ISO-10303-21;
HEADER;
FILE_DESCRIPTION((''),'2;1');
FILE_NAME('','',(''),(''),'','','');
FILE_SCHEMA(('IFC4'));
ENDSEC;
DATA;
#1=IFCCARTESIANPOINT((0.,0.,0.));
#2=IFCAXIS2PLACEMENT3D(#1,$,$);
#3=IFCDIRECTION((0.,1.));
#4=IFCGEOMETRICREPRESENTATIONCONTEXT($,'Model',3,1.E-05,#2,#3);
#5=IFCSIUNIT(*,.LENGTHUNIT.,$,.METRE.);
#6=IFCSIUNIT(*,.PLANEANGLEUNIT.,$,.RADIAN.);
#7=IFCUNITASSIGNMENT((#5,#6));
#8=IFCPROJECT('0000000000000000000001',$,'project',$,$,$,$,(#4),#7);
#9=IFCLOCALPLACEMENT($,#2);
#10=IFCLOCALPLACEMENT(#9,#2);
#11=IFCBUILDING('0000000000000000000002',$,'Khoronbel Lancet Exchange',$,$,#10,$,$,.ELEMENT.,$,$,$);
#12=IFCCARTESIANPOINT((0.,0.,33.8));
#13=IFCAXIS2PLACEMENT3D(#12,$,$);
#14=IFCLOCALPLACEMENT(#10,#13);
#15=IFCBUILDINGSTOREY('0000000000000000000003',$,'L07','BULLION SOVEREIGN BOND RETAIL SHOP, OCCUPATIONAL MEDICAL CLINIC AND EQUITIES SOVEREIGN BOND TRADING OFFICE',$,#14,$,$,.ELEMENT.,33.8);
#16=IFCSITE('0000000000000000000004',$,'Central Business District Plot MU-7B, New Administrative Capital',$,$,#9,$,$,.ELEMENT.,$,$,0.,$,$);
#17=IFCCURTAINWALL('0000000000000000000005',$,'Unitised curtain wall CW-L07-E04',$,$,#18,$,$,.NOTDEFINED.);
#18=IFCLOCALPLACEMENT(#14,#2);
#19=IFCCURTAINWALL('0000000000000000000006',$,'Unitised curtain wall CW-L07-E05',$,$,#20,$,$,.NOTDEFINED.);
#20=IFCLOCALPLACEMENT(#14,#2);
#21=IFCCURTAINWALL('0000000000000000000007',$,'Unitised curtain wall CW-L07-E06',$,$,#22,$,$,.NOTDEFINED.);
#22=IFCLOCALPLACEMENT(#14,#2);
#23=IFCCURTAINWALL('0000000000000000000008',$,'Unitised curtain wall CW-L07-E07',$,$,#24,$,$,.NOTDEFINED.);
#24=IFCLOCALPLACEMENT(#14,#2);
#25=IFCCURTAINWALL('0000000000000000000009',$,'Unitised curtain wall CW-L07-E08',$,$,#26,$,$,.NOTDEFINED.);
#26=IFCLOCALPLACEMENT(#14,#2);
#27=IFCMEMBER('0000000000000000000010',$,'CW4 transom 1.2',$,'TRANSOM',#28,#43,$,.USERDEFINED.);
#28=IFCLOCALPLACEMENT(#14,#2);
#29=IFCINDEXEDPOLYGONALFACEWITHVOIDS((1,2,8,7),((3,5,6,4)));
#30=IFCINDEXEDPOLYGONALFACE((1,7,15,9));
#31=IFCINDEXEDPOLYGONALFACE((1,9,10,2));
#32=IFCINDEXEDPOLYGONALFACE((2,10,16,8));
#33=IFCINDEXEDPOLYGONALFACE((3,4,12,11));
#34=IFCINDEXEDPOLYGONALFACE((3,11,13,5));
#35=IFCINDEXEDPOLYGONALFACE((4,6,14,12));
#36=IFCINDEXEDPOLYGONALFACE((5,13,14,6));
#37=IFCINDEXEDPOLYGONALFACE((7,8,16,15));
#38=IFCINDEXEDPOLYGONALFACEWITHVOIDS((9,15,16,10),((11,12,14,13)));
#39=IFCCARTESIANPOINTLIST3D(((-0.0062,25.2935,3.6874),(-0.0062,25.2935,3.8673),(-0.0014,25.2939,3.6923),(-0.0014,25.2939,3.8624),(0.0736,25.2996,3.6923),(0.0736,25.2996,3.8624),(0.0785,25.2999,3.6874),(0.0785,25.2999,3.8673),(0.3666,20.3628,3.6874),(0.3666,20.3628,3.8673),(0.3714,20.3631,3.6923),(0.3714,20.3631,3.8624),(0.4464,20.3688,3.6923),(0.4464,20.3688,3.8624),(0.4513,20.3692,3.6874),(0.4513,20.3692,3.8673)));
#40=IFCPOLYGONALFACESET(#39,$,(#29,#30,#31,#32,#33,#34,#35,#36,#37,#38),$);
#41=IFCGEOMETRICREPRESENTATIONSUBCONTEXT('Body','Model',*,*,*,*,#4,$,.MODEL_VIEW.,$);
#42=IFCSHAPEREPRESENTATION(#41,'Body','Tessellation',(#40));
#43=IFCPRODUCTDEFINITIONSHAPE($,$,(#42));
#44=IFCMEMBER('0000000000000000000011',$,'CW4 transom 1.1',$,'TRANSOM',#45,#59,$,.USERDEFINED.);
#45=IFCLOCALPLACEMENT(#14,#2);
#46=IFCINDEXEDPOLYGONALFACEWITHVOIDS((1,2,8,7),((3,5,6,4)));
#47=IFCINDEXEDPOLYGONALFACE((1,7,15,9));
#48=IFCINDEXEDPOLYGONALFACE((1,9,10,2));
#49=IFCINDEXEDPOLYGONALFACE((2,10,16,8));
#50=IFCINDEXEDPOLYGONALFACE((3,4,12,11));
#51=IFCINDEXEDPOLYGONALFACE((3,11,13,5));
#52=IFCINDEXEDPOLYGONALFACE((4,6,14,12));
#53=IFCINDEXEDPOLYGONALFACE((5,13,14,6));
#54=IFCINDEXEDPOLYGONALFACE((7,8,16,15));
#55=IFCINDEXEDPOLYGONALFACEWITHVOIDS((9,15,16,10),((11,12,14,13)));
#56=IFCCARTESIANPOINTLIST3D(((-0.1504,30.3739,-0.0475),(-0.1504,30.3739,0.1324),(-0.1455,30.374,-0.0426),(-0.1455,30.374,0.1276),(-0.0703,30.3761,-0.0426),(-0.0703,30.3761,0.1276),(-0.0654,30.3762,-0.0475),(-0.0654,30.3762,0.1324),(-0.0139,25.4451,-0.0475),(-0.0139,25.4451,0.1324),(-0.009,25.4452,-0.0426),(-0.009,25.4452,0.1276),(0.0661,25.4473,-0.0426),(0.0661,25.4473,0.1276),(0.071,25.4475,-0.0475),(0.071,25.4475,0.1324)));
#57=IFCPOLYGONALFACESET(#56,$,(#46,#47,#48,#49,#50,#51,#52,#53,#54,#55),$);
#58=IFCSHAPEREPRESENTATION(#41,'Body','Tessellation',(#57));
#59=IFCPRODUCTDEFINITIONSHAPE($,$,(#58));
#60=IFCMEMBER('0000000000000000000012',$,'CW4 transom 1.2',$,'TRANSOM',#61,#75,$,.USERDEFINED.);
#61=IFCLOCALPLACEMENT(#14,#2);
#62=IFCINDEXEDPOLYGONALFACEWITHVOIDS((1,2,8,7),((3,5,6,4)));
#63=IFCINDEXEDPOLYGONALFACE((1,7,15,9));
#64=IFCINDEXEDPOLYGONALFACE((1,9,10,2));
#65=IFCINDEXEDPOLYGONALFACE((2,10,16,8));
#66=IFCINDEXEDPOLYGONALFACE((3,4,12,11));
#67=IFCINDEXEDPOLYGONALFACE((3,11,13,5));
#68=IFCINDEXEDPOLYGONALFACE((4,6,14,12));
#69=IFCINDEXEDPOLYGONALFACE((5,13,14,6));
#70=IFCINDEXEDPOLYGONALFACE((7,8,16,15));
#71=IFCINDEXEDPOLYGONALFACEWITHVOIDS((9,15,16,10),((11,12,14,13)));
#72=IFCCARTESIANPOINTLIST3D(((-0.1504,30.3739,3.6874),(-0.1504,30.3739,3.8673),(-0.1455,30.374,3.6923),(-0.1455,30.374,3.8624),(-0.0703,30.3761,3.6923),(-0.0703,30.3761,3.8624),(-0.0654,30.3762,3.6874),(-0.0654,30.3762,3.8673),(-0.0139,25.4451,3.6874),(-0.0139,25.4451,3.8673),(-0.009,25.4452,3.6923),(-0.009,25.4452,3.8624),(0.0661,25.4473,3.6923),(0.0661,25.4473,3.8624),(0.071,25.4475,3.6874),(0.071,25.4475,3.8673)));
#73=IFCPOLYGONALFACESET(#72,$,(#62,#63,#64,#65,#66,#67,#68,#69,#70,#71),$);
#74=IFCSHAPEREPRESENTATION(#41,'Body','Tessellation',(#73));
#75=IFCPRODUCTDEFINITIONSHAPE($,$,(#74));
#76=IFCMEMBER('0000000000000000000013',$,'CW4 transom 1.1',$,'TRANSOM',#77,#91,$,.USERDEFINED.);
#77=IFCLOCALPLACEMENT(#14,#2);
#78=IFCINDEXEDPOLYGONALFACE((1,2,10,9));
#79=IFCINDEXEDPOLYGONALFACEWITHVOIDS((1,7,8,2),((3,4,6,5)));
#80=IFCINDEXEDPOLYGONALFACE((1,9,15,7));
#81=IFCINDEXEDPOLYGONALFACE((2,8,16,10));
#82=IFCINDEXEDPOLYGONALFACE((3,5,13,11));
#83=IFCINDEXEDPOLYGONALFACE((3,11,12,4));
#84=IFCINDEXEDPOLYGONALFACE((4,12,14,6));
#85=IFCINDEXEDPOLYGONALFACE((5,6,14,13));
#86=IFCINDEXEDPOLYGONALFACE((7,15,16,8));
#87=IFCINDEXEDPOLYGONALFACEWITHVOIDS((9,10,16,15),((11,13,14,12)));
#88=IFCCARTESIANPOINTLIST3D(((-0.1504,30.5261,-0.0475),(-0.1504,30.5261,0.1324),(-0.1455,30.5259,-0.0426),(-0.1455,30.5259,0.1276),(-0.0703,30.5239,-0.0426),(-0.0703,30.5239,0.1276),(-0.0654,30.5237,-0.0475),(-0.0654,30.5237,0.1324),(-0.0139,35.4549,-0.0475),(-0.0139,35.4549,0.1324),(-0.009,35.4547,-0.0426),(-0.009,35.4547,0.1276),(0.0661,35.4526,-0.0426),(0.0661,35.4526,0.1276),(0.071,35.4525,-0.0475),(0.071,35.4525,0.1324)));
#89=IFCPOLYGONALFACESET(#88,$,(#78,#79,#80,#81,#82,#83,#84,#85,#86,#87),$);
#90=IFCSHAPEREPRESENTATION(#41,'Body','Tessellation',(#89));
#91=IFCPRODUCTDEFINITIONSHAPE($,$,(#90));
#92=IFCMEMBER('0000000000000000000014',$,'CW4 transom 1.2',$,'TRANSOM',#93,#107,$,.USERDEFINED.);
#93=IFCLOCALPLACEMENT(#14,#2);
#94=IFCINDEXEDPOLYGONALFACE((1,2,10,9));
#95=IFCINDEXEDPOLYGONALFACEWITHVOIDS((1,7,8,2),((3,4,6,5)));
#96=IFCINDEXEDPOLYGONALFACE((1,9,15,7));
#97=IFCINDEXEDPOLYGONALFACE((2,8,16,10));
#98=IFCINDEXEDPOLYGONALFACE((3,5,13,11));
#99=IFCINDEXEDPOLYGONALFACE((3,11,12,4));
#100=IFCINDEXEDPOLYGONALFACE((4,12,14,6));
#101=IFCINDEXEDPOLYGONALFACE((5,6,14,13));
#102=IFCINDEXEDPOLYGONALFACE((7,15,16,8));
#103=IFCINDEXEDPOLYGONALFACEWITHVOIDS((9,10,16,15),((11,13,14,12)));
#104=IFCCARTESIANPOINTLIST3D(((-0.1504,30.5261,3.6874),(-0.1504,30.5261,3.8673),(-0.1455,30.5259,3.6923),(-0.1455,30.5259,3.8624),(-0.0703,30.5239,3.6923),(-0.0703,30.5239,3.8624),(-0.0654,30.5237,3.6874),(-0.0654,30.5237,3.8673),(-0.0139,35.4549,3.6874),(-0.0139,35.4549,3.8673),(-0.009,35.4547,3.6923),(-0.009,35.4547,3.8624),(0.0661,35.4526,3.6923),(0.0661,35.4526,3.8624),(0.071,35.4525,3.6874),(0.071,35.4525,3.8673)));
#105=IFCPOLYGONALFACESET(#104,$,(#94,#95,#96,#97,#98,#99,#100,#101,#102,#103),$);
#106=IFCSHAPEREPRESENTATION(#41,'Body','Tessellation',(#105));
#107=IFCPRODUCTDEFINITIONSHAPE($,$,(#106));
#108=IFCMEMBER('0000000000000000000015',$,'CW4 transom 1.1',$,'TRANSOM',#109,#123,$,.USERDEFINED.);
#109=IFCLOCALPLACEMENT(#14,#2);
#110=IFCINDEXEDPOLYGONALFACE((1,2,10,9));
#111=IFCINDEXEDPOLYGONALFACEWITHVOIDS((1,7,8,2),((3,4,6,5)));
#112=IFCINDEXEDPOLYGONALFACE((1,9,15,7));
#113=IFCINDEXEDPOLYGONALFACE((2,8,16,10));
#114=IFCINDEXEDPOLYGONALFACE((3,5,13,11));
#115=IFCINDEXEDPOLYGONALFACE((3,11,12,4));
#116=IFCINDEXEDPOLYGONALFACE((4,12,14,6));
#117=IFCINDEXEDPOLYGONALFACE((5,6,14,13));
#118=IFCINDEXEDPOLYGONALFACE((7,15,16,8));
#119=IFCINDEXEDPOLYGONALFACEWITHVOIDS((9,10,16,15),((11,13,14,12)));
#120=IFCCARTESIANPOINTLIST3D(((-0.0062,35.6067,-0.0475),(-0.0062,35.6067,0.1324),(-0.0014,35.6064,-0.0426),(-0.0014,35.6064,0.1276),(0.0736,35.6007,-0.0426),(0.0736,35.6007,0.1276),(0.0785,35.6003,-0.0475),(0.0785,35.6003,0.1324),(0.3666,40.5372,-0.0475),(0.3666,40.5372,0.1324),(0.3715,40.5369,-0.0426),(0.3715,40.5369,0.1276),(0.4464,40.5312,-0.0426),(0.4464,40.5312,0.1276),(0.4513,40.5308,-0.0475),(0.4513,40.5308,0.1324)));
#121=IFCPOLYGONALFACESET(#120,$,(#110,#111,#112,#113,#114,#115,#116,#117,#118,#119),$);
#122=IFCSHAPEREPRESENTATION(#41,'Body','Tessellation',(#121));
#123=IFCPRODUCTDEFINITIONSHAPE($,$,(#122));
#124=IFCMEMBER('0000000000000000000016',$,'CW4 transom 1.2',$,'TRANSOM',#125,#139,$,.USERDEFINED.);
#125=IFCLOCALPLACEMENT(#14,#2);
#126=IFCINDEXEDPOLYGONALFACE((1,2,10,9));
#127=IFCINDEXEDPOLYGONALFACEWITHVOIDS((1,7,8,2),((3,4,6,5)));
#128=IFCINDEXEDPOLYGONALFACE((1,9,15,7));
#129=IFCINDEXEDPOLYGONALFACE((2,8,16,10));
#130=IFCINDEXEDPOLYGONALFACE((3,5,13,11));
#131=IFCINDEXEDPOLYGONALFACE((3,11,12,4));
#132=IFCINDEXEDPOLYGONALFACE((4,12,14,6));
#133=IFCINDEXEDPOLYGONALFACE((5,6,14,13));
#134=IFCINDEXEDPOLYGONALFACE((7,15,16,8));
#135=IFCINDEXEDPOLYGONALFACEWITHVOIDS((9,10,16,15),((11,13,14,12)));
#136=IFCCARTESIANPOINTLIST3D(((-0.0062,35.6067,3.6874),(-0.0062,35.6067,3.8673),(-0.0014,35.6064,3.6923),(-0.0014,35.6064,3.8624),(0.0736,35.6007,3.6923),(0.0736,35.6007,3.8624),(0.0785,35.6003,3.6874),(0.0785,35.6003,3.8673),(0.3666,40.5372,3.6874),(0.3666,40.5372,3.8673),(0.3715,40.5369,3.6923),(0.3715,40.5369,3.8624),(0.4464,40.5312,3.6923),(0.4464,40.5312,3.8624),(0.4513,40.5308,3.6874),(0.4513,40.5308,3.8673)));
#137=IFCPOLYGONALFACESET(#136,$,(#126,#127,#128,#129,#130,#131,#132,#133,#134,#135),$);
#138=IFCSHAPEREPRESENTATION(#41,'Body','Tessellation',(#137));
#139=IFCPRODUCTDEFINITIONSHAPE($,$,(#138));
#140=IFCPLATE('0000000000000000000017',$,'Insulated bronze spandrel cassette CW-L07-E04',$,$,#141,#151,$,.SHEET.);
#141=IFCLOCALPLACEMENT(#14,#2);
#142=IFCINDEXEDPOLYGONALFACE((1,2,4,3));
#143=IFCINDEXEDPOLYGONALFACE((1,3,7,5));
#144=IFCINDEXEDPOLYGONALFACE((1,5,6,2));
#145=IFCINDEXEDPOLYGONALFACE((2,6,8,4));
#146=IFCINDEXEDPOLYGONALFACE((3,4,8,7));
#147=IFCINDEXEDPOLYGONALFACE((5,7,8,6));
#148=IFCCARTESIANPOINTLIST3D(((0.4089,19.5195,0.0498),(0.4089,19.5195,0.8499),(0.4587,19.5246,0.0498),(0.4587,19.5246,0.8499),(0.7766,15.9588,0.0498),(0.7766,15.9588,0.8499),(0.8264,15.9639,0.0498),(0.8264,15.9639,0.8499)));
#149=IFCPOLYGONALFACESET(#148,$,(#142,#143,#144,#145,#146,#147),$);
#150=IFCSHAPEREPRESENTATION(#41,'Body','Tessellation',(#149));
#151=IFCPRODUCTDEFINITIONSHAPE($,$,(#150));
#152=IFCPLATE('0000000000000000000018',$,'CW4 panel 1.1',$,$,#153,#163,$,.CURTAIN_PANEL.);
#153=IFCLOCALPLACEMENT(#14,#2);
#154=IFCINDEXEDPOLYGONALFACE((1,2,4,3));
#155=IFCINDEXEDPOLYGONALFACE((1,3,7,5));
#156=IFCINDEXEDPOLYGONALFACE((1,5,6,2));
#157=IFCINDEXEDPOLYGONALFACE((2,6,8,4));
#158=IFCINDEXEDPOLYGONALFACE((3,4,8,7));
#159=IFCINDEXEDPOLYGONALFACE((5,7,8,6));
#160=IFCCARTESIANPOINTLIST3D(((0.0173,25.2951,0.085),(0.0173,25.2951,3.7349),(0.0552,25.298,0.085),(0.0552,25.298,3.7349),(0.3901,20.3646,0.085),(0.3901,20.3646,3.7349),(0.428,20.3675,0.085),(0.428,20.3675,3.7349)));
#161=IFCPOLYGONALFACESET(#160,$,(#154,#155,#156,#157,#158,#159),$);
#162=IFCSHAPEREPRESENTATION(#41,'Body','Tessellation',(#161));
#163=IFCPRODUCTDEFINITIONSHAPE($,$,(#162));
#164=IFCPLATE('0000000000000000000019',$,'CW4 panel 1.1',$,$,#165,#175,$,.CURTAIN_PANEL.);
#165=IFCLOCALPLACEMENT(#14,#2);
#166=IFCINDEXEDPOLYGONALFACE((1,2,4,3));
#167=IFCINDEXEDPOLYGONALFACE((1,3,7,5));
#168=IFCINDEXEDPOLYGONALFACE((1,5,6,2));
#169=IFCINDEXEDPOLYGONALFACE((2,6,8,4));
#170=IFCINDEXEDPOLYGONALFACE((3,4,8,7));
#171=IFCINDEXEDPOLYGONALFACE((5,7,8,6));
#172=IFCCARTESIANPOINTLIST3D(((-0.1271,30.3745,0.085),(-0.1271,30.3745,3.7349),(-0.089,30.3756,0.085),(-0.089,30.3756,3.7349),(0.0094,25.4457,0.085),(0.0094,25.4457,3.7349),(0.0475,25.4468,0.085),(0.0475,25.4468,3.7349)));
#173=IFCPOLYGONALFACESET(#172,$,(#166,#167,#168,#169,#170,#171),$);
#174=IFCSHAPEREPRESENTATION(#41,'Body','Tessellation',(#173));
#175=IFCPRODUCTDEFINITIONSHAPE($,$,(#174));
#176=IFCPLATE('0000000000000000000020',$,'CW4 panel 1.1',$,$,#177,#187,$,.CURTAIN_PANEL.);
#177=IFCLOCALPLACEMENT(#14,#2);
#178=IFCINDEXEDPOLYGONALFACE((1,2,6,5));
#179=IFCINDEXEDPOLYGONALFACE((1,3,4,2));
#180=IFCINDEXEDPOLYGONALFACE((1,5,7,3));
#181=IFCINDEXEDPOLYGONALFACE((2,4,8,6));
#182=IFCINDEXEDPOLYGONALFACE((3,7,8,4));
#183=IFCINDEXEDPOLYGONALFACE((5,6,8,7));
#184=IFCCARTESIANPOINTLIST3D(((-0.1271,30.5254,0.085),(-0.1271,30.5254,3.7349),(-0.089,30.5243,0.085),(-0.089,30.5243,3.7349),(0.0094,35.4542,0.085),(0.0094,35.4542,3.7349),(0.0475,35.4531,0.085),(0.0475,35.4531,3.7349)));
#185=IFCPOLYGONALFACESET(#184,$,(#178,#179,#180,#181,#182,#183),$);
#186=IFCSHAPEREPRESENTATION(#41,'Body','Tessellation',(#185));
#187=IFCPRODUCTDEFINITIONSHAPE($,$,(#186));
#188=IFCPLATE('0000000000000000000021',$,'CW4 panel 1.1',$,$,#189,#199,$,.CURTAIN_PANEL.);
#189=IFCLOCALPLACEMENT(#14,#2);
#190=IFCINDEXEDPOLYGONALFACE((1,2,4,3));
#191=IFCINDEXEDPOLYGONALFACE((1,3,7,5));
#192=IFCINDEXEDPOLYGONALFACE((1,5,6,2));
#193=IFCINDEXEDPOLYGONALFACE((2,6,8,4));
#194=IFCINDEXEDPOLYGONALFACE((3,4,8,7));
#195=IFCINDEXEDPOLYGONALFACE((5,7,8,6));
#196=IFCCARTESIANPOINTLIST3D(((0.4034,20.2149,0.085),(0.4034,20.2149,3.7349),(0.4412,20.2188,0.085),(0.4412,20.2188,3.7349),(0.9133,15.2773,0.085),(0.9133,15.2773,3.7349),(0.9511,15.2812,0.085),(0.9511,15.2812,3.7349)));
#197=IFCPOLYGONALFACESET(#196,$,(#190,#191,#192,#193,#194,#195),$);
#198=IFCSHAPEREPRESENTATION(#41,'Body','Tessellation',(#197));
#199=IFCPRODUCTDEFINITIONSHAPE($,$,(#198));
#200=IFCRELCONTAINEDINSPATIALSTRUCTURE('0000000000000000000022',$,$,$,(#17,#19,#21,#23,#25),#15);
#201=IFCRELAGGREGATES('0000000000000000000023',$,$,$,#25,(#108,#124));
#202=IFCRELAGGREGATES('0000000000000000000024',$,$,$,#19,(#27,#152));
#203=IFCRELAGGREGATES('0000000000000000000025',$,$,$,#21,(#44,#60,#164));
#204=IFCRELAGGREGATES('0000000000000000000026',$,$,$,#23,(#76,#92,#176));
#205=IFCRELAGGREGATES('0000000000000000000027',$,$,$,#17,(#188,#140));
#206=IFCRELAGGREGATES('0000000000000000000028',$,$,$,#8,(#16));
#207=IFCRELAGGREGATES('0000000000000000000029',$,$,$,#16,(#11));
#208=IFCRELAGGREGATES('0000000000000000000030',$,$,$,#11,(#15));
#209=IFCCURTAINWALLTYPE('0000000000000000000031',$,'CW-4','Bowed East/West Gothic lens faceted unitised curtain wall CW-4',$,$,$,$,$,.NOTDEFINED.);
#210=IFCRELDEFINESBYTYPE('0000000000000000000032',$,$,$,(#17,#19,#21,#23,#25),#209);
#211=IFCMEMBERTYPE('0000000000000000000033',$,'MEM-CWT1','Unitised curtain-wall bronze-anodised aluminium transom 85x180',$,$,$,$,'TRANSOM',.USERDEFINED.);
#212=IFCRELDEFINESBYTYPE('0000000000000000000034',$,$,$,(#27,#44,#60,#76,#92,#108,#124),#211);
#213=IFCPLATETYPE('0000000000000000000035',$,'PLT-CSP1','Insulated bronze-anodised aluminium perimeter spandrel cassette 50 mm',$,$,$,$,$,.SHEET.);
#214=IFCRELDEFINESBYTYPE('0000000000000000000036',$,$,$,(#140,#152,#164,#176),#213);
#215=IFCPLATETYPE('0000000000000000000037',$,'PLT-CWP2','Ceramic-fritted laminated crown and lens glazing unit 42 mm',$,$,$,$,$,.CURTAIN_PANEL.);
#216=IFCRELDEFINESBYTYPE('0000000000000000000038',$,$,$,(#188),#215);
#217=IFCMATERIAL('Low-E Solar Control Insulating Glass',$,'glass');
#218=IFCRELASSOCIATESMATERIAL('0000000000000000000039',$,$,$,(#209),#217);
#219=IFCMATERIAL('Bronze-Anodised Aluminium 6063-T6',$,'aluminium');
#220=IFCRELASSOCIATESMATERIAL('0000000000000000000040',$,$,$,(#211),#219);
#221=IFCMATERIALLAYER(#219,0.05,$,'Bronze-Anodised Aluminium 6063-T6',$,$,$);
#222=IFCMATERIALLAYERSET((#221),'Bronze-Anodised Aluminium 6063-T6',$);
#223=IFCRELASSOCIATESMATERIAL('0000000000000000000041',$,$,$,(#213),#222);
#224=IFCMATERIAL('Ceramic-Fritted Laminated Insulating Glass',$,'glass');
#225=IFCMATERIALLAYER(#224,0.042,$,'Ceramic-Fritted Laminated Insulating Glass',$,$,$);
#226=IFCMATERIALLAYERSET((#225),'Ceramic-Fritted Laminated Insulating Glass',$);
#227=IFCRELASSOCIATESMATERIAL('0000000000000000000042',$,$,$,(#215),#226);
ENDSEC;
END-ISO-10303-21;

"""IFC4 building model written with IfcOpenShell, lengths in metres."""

from ifc_helpers import new_model, si_unit, direction, frame, origin, origin_2d, place, context, subcontext, project, spatial, rectangle, hollow_rectangle, extrude, material, layer, layer_set, material_profile, profile_set, type_object, element, aggregate, save


model = new_model("IFC4")

# Units and contexts
model_context = context("Model", 3, precision=1e-05, world=origin(), true_north=direction((0.0, 1.0)))
body_context = subcontext(model_context, "Body", "Model", "MODEL_VIEW")
ifc_project = project(units=[si_unit("LENGTHUNIT", "METRE"), si_unit("PLANEANGLEUNIT", "RADIAN")], contexts=[model_context])

# Site, building, storey
site_placement = place(None, origin())
site = spatial("IfcSite", under=ifc_project, at=site_placement, Name="Central Business District Plot MU-7B, New Administrative Capital", CompositionType="ELEMENT", RefElevation=0.0)
building_placement = place(site_placement, origin())
building = spatial("IfcBuilding", under=site, at=building_placement, Name="Khoronbel Lancet Exchange", CompositionType="ELEMENT")
storey_placement = place(building_placement, frame((0.0, 0.0, 33.8)))
storey = spatial("IfcBuildingStorey", under=building, at=storey_placement, Name="L07", Description="BULLION SOVEREIGN BOND RETAIL SHOP, OCCUPATIONAL MEDICAL CLINIC AND EQUITIES SOVEREIGN BOND TRADING OFFICE", CompositionType="ELEMENT", Elevation=33.8)

# Curtain wall
ifc_material_1 = material(Name="Low-E Solar Control Insulating Glass", Category="glass")
curtain_wall_type = type_object("IfcCurtainWallType", Name="CW-4", Description="Bowed East/West Gothic lens faceted unitised curtain wall CW-4", PredefinedType="NOTDEFINED", material=ifc_material_1)
curtain_wall_1_placement = place(storey_placement, origin())
curtain_wall_1 = element("IfcCurtainWall", 1, at=curtain_wall_1_placement, inside=storey, type_object=curtain_wall_type, Name="Unitised curtain wall CW-L07-E04", PredefinedType="NOTDEFINED")
ifc_material_2 = material(Name="Bronze-Anodised Aluminium 6063-T6", Category="aluminium")

# Curtain walls
curtain_wall_2_placement = place(storey_placement, origin())
curtain_wall_2 = element("IfcCurtainWall", 2, at=curtain_wall_2_placement, inside=storey, type_object=curtain_wall_type, Name="Unitised curtain wall CW-L07-E05", PredefinedType="NOTDEFINED")
curtain_wall_3_placement = place(storey_placement, origin())
curtain_wall_3 = element("IfcCurtainWall", 3, at=curtain_wall_3_placement, inside=storey, type_object=curtain_wall_type, Name="Unitised curtain wall CW-L07-E06", PredefinedType="NOTDEFINED")
curtain_wall_4_placement = place(storey_placement, origin())
curtain_wall_4 = element("IfcCurtainWall", 4, at=curtain_wall_4_placement, inside=storey, type_object=curtain_wall_type, Name="Unitised curtain wall CW-L07-E07", PredefinedType="NOTDEFINED")

# Curtain wall
curtain_wall_5_placement = place(storey_placement, origin())
curtain_wall_5 = element("IfcCurtainWall", 5, at=curtain_wall_5_placement, inside=storey, type_object=curtain_wall_type, Name="Unitised curtain wall CW-L07-E08", PredefinedType="NOTDEFINED")

# Members
ifc_material_profile_1 = material_profile(ifc_material_2, hollow_rectangle(XDim=0.085, YDim=0.1799, WallThickness=0.0049, at=origin_2d()), Name="ALU TRANSOM 85x180")
ifc_profile_set_1 = profile_set([ifc_material_profile_1], Name="Bronze-Anodised Aluminium 6063-T6")
member_type_1 = type_object("IfcMemberType", Name="MEM-CWT1", Description="Unitised curtain-wall bronze-anodised aluminium transom 85x180", ElementType="TRANSOM", PredefinedType="USERDEFINED", material=ifc_profile_set_1)
member_1_placement = place(storey_placement, frame((0.4089, 20.366, 3.7773), z_axis=(-0.075394, 0.997154, 0.0), x_axis=(-0.997154, -0.075394, 0.0)))
member_1 = element("IfcMember", 6, at=member_1_placement, type_object=member_type_1, Name="CW4 transom 1.2", ObjectType="TRANSOM", PredefinedType="USERDEFINED", context=body_context, shape_type="SweptSolid", body=[
    extrude(hollow_rectangle(XDim=0.085, YDim=0.1799, WallThickness=0.0049, at=origin_2d()), origin(), (0.0, 0.0, 1.0), 4.9448),
])
member_2_placement = place(storey_placement, frame((0.0286, 25.4463, 0.0425), z_axis=(-0.027679, 0.999617, 0.0), x_axis=(-0.999617, -0.027679, 0.0)))
member_2 = element("IfcMember", 7, at=member_2_placement, type_object=member_type_1, Name="CW4 transom 1.1", ObjectType="TRANSOM", PredefinedType="USERDEFINED", context=body_context, shape_type="SweptSolid", body=[
    extrude(hollow_rectangle(XDim=0.085, YDim=0.1799, WallThickness=0.0049, at=origin_2d()), origin(), (0.0, 0.0, 1.0), 4.9307),
])
member_3_placement = place(storey_placement, frame((0.0286, 25.4463, 3.7773), z_axis=(-0.027679, 0.999617, 0.0), x_axis=(-0.999617, -0.027679, 0.0)))
member_3 = element("IfcMember", 8, at=member_3_placement, type_object=member_type_1, Name="CW4 transom 1.2", ObjectType="TRANSOM", PredefinedType="USERDEFINED", context=body_context, shape_type="SweptSolid", body=[
    extrude(hollow_rectangle(XDim=0.085, YDim=0.1799, WallThickness=0.0049, at=origin_2d()), origin(), (0.0, 0.0, 1.0), 4.9307),
])
member_4_placement = place(storey_placement, frame((-0.1079, 30.5249, 0.0425), z_axis=(0.027679, 0.999617, 0.0), x_axis=(-0.999617, 0.027679, 0.0)))
member_4 = element("IfcMember", 9, at=member_4_placement, type_object=member_type_1, Name="CW4 transom 1.1", ObjectType="TRANSOM", PredefinedType="USERDEFINED", context=body_context, shape_type="SweptSolid", body=[
    extrude(hollow_rectangle(XDim=0.085, YDim=0.1799, WallThickness=0.0049, at=origin_2d()), origin(), (0.0, 0.0, 1.0), 4.9307),
])
member_5_placement = place(storey_placement, frame((-0.1079, 30.5249, 3.7773), z_axis=(0.027679, 0.999617, 0.0), x_axis=(-0.999617, 0.027679, 0.0)))
member_5 = element("IfcMember", 10, at=member_5_placement, type_object=member_type_1, Name="CW4 transom 1.2", ObjectType="TRANSOM", PredefinedType="USERDEFINED", context=body_context, shape_type="SweptSolid", body=[
    extrude(hollow_rectangle(XDim=0.085, YDim=0.1799, WallThickness=0.0049, at=origin_2d()), origin(), (0.0, 0.0, 1.0), 4.9307),
])
member_6_placement = place(storey_placement, frame((0.0361, 35.6035, 0.0425), z_axis=(0.075398, 0.997154, 0.0), x_axis=(-0.997154, 0.075398, 0.0)))
member_6 = element("IfcMember", 11, at=member_6_placement, type_object=member_type_1, Name="CW4 transom 1.1", ObjectType="TRANSOM", PredefinedType="USERDEFINED", context=body_context, shape_type="SweptSolid", body=[
    extrude(hollow_rectangle(XDim=0.085, YDim=0.1799, WallThickness=0.0049, at=origin_2d()), origin(), (0.0, 0.0, 1.0), 4.9446),
])
member_7_placement = place(storey_placement, frame((0.0361, 35.6035, 3.7773), z_axis=(0.075398, 0.997154, 0.0), x_axis=(-0.997154, 0.075398, 0.0)))
member_7 = element("IfcMember", 12, at=member_7_placement, type_object=member_type_1, Name="CW4 transom 1.2", ObjectType="TRANSOM", PredefinedType="USERDEFINED", context=body_context, shape_type="SweptSolid", body=[
    extrude(hollow_rectangle(XDim=0.085, YDim=0.1799, WallThickness=0.0049, at=origin_2d()), origin(), (0.0, 0.0, 1.0), 4.9446),
])
aggregate(curtain_wall_5, [member_6, member_7])

# Plates
ifc_layer_1 = layer(ifc_material_2, 0.05, Name="Bronze-Anodised Aluminium 6063-T6")
ifc_layer_set_1 = layer_set([ifc_layer_1], Name="Bronze-Anodised Aluminium 6063-T6")
plate_type_1 = type_object("IfcPlateType", Name="PLT-CSP1", Description="Insulated bronze-anodised aluminium perimeter spandrel cassette 50 mm", PredefinedType="SHEET", material=ifc_layer_set_1)
plate_1_placement = place(storey_placement, frame((0.6177, 17.7417, 0.0498), z_axis=(0.0, 0.0, 1.0), x_axis=(-0.102723, 0.99471, 0.0)))
plate_1 = element("IfcPlate", 13, at=plate_1_placement, type_object=plate_type_1, Name="Insulated bronze spandrel cassette CW-L07-E04", PredefinedType="SHEET", context=body_context, shape_type="SweptSolid", body=[
    extrude(rectangle(XDim=3.5796, YDim=0.05, at=origin_2d()), origin(), (0.0, 0.0, 1.0), 0.8),
])
plate_2_placement = place(storey_placement, frame((0.2227, 22.8313, 0.085), z_axis=(0.0, 0.0, 1.0), x_axis=(-0.075395, 0.997154, 0.0)))
plate_2 = element("IfcPlate", 14, at=plate_2_placement, type_object=plate_type_1, Name="CW4 panel 1.1", PredefinedType="CURTAIN_PANEL", context=body_context, shape_type="SweptSolid", body=[
    extrude(rectangle(XDim=4.9446, YDim=0.0381, at=origin_2d()), origin(), (0.0, 0.0, 1.0), 3.6499),
])
aggregate(curtain_wall_2, [member_1, plate_2])
plate_3_placement = place(storey_placement, frame((-0.0398, 27.9106, 0.085), z_axis=(0.0, 0.0, 1.0), x_axis=(-0.027674, 0.999617, 0.0)))
plate_3 = element("IfcPlate", 15, at=plate_3_placement, type_object=plate_type_1, Name="CW4 panel 1.1", PredefinedType="CURTAIN_PANEL", context=body_context, shape_type="SweptSolid", body=[
    extrude(rectangle(XDim=4.9307, YDim=0.0381, at=origin_2d()), origin(), (0.0, 0.0, 1.0), 3.6499),
])
aggregate(curtain_wall_3, [member_2, member_3, plate_3])
plate_4_placement = place(storey_placement, frame((-0.0398, 32.9893, 0.085), z_axis=(0.0, 0.0, 1.0), x_axis=(0.027674, 0.999617, 0.0)))
plate_4 = element("IfcPlate", 16, at=plate_4_placement, type_object=plate_type_1, Name="CW4 panel 1.1", PredefinedType="CURTAIN_PANEL", context=body_context, shape_type="SweptSolid", body=[
    extrude(rectangle(XDim=4.9307, YDim=0.0381, at=origin_2d()), origin(), (0.0, 0.0, 1.0), 3.6499),
])
aggregate(curtain_wall_4, [member_4, member_5, plate_4])
ifc_material_3 = material(Name="Ceramic-Fritted Laminated Insulating Glass", Category="glass")
ifc_layer_2 = layer(ifc_material_3, 0.042, Name="Ceramic-Fritted Laminated Insulating Glass")
ifc_layer_set_2 = layer_set([ifc_layer_2], Name="Ceramic-Fritted Laminated Insulating Glass")
plate_type_2 = type_object("IfcPlateType", Name="PLT-CWP2", Description="Ceramic-fritted laminated crown and lens glazing unit 42 mm", PredefinedType="CURTAIN_PANEL", material=ifc_layer_set_2)
plate_5_placement = place(storey_placement, frame((0.6772, 17.748, 0.085), z_axis=(0.0, 0.0, 1.0), x_axis=(-0.102723, 0.99471, 0.0)))
plate_5 = element("IfcPlate", 17, at=plate_5_placement, type_object=plate_type_2, Name="CW4 panel 1.1", PredefinedType="CURTAIN_PANEL", context=body_context, shape_type="SweptSolid", body=[
    extrude(rectangle(XDim=4.9639, YDim=0.0381, at=origin_2d()), origin(), (0.0, 0.0, 1.0), 3.6499),
])
aggregate(curtain_wall_1, [plate_5, plate_1])

save(model, "model.ifc")
